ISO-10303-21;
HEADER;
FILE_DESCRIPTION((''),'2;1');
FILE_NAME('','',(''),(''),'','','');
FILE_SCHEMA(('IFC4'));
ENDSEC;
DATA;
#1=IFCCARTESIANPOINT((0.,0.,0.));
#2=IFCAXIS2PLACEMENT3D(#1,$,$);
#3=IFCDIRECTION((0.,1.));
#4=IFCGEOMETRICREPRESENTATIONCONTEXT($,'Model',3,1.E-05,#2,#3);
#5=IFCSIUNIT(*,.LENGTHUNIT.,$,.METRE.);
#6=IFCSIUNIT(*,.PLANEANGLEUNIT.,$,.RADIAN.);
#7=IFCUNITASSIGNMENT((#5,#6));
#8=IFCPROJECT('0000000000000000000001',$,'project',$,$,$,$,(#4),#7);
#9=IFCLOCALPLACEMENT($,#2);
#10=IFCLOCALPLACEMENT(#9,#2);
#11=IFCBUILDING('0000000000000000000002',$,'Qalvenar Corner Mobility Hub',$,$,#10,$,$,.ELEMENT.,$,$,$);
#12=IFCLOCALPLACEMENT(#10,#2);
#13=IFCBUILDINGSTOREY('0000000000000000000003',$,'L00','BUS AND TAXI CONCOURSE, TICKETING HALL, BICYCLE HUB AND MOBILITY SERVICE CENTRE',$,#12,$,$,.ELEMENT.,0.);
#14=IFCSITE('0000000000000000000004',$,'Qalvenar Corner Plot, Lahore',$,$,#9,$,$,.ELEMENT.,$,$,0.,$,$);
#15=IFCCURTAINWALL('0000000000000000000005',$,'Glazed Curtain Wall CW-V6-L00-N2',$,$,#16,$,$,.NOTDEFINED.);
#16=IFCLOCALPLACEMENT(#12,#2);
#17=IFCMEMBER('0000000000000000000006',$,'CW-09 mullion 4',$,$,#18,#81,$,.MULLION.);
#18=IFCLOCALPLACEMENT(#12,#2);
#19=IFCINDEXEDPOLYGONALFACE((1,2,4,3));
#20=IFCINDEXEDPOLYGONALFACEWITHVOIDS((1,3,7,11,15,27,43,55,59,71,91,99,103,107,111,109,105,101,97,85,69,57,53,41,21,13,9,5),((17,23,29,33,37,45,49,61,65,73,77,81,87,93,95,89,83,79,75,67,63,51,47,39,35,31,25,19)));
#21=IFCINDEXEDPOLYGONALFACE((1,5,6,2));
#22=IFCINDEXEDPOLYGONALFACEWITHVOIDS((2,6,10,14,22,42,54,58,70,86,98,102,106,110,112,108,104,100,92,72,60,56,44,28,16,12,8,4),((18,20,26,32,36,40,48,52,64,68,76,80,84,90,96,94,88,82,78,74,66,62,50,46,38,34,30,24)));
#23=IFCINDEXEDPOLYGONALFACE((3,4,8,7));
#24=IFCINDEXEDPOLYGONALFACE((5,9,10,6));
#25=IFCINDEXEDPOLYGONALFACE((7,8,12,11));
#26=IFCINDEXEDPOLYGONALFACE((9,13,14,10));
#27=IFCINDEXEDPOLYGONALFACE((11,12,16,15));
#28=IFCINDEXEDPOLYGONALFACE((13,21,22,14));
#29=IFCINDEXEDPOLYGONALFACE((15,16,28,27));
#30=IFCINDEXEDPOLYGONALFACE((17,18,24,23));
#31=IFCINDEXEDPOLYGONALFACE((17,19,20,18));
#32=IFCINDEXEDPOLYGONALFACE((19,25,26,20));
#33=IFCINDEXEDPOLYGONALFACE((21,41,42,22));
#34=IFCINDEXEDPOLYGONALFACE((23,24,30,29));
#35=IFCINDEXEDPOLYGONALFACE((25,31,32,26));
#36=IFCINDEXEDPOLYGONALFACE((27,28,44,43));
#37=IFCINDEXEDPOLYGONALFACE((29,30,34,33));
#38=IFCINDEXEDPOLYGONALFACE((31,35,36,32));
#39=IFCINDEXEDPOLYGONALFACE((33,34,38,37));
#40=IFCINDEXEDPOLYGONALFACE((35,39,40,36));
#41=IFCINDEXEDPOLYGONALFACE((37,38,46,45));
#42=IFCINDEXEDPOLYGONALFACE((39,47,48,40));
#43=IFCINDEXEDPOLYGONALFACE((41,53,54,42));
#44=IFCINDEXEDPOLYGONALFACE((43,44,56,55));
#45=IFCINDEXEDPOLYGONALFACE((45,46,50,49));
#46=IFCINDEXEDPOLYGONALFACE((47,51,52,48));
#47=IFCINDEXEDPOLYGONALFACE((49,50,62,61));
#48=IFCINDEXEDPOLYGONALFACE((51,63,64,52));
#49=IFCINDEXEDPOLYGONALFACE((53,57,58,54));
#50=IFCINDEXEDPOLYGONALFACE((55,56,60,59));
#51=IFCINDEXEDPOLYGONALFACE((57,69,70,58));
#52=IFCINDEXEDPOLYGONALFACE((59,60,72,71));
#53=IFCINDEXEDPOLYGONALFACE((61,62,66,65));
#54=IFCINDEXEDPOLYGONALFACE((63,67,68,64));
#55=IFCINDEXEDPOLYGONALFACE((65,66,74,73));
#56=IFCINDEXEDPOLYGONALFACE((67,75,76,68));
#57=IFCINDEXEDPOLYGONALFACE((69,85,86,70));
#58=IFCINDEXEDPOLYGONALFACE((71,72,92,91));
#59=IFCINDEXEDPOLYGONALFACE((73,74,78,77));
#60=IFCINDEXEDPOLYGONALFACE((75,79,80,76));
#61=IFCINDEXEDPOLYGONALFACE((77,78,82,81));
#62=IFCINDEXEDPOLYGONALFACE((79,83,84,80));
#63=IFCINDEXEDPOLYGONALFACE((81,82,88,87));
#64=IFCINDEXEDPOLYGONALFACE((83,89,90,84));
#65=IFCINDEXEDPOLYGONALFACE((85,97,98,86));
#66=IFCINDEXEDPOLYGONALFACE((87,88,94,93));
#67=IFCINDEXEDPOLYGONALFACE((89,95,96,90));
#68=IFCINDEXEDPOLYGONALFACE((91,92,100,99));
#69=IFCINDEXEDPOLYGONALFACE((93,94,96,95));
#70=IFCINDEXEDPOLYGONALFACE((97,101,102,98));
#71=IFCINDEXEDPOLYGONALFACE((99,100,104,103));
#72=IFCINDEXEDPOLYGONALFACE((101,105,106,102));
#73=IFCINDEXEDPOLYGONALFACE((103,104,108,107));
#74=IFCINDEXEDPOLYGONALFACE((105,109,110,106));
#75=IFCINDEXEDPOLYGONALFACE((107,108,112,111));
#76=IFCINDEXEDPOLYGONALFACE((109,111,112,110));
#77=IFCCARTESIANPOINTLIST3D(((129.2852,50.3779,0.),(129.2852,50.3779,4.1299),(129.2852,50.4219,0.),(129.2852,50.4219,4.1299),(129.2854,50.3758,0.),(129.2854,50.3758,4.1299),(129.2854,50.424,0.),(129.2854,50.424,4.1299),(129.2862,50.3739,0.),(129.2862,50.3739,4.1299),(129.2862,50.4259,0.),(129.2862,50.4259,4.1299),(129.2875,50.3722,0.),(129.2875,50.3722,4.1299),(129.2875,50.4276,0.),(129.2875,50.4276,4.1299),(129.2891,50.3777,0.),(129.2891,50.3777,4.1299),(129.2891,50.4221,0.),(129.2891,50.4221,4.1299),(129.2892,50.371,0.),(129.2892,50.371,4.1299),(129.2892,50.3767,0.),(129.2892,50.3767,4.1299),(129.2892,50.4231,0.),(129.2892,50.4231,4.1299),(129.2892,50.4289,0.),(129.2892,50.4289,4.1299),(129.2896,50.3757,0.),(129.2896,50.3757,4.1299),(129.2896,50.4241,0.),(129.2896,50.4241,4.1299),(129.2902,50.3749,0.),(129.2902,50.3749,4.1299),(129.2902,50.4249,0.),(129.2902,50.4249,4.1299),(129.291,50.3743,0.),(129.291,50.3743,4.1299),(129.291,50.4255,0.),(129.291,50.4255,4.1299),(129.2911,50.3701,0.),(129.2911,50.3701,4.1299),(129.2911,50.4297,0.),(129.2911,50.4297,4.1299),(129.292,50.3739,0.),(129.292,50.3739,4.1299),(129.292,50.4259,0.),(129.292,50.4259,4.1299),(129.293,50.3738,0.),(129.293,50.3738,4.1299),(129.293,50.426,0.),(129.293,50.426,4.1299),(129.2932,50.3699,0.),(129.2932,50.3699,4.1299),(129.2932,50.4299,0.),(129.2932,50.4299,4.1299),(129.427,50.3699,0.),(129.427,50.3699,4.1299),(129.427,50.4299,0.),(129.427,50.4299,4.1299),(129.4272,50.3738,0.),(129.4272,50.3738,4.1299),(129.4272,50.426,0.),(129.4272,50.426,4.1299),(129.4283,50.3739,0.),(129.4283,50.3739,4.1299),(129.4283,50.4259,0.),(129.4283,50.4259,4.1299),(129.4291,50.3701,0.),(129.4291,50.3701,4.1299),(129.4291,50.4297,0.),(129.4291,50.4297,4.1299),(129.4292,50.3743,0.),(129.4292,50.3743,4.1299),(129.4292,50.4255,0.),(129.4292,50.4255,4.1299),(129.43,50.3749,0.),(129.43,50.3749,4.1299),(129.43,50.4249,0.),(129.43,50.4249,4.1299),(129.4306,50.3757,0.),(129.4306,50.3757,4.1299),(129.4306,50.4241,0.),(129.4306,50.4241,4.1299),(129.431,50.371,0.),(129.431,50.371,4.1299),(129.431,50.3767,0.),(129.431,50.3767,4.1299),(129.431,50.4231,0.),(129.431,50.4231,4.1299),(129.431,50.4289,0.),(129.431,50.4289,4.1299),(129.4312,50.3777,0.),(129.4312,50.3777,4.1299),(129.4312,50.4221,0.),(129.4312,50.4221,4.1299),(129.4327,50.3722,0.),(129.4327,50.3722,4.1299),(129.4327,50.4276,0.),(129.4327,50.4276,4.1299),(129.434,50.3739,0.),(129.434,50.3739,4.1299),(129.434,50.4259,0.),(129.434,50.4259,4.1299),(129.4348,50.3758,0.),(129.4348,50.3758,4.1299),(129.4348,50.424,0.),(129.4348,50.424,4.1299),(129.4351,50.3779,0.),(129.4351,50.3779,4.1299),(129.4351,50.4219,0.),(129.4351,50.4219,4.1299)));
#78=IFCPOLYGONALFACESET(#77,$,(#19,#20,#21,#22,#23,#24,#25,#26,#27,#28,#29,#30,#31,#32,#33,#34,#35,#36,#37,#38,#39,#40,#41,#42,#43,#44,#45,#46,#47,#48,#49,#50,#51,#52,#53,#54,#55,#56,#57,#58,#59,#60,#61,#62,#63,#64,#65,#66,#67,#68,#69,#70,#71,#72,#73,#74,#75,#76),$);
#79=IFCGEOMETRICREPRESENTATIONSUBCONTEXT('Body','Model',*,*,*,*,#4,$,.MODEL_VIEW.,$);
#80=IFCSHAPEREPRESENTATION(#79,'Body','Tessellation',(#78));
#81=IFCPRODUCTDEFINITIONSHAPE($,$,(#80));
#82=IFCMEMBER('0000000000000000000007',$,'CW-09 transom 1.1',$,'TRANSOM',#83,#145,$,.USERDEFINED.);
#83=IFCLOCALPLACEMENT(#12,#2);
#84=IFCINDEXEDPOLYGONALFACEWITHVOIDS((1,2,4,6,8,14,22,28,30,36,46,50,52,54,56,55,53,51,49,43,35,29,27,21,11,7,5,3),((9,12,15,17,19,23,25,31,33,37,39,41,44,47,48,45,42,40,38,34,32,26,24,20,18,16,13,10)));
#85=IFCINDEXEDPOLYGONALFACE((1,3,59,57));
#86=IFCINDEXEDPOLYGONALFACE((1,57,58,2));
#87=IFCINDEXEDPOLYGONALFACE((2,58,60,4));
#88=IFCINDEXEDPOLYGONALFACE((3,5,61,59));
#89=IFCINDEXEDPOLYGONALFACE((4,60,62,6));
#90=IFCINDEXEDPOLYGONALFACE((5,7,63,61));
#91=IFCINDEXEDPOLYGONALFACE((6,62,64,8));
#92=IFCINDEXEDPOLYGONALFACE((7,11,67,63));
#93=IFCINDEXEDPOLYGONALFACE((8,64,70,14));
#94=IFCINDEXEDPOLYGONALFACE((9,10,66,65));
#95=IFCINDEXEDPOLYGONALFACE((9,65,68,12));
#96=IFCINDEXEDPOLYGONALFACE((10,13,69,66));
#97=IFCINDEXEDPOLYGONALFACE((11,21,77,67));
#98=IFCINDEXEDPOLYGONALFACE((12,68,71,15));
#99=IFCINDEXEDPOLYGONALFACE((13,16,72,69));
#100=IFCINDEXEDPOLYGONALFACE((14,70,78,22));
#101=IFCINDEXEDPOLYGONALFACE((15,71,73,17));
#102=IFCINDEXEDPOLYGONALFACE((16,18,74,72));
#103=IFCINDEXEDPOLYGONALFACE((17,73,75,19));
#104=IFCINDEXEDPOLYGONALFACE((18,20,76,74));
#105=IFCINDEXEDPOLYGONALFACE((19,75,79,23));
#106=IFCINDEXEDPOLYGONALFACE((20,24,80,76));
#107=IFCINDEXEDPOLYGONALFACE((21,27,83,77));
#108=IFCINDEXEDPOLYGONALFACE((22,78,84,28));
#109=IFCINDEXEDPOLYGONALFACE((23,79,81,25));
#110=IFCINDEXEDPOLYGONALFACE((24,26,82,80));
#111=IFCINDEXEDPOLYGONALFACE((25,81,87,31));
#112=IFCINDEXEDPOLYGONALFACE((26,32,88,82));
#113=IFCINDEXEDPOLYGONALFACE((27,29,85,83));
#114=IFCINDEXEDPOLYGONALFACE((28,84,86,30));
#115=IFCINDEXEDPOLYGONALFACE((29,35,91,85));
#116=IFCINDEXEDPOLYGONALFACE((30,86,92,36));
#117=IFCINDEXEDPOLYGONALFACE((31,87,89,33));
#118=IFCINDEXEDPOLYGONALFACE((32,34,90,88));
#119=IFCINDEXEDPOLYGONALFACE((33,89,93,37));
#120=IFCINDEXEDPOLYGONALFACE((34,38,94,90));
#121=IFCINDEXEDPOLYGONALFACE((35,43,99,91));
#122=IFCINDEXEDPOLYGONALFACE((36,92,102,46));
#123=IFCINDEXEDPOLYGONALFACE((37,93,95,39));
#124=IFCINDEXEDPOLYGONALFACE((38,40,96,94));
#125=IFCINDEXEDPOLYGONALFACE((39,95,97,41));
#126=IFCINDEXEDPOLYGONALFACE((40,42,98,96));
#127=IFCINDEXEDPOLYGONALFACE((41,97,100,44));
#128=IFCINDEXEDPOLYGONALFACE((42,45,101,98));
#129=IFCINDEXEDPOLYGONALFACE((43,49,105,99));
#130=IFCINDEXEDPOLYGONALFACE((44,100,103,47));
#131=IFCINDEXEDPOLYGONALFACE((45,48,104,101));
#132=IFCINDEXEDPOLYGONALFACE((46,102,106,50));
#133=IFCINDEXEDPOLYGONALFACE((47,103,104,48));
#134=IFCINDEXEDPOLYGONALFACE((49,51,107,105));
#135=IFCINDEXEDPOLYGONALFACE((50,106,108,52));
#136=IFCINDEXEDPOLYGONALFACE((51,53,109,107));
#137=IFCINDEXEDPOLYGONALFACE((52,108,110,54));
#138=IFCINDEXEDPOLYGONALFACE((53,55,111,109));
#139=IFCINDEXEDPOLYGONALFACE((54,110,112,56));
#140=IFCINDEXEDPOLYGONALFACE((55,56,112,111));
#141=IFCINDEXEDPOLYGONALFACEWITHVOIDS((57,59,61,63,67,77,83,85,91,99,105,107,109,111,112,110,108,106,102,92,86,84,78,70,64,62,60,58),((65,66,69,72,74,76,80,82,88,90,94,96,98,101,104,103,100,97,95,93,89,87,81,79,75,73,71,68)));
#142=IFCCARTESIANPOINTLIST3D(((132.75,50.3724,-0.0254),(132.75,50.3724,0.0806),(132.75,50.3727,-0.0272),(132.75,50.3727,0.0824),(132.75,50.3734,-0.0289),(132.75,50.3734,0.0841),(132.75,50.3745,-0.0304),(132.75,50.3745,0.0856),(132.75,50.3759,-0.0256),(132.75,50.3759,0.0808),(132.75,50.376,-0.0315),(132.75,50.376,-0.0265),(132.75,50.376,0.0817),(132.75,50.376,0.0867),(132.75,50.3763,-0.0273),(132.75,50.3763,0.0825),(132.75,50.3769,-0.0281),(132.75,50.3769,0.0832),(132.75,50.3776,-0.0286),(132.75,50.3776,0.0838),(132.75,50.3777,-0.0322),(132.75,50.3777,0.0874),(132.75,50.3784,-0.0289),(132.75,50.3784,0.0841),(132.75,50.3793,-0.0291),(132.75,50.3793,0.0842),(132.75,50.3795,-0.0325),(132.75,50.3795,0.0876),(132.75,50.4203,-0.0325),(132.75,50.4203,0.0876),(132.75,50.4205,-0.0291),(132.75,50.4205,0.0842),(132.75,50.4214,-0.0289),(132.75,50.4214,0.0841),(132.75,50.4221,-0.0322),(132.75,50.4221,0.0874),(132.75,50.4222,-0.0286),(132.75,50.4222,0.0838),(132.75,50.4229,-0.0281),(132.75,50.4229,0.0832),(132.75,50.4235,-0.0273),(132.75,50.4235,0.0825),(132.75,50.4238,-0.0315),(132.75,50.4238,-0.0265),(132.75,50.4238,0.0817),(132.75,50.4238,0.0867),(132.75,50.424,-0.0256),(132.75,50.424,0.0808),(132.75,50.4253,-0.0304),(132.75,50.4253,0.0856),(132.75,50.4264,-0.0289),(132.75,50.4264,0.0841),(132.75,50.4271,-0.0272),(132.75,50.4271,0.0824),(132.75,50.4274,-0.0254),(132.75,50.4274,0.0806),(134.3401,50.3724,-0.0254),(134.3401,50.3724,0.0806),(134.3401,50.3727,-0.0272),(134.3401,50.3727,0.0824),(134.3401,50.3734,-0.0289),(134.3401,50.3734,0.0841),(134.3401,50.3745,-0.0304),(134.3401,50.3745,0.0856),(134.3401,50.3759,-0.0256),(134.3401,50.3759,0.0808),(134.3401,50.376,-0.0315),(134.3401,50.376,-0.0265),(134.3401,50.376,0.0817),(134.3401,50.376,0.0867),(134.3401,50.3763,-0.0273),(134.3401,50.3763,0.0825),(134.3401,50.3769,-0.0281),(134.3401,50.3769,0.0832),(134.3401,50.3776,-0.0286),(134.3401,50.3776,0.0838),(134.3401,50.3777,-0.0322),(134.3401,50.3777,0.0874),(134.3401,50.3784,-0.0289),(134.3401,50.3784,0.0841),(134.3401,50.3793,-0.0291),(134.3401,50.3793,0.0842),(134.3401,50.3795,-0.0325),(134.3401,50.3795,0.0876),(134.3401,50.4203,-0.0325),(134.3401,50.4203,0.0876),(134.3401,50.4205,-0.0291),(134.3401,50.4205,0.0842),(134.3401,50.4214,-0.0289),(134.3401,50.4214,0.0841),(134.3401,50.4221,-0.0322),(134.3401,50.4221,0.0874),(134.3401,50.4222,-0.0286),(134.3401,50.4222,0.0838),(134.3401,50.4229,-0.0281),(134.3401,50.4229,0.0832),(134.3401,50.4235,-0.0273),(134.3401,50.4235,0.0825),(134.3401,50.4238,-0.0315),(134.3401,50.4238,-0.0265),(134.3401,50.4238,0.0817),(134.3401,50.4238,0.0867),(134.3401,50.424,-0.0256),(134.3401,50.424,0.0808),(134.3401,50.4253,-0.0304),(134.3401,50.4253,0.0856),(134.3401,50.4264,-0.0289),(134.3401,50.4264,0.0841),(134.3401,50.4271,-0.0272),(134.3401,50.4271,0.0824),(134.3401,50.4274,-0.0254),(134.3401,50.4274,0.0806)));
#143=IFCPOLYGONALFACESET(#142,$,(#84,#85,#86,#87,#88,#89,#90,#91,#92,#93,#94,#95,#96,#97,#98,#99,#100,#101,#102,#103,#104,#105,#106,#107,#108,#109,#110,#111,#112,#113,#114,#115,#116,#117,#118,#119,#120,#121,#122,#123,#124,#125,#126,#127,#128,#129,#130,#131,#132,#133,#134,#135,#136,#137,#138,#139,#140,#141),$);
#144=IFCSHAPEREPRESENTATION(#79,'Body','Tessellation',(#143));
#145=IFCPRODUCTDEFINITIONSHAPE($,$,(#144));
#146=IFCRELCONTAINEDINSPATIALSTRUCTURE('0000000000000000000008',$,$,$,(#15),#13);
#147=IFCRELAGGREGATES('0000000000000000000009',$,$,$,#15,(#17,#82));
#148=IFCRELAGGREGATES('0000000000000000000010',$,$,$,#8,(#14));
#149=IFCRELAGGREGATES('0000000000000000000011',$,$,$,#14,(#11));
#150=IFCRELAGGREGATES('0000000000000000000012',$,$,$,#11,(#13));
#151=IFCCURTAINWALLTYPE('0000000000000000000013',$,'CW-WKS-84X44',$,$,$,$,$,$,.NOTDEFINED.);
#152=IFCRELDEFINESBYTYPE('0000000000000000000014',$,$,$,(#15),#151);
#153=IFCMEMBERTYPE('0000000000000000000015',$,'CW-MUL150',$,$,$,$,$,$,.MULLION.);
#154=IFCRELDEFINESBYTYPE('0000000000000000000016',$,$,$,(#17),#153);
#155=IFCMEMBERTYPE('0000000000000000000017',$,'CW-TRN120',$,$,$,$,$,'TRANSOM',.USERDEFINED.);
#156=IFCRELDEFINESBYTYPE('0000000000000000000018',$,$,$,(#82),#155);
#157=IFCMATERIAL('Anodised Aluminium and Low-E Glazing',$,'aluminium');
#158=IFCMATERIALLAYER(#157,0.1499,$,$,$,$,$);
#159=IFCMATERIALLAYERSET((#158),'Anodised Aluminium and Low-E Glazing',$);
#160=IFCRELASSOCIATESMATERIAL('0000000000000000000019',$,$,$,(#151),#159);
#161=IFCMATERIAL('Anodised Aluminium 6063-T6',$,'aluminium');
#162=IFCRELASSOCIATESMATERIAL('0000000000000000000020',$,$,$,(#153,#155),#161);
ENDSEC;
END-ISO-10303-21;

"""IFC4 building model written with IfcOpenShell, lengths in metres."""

from ifc_helpers import new_model, si_unit, direction, frame, origin, origin_2d, place, context, subcontext, project, spatial, hollow_rectangle, extrude, material, layer, layer_set, material_profile, profile_set, type_object, element, aggregate, save


model = new_model("IFC4")

# Units and contexts
model_context = context("Model", 3, precision=1e-05, world=origin(), true_north=direction((0.0, 1.0)))
body_context = subcontext(model_context, "Body", "Model", "MODEL_VIEW")
ifc_project = project(units=[si_unit("LENGTHUNIT", "METRE"), si_unit("PLANEANGLEUNIT", "RADIAN")], contexts=[model_context])

# Site, building, storey
site_placement = place(None, origin())
site = spatial("IfcSite", under=ifc_project, at=site_placement, Name="Qalvenar Corner Plot, Lahore", CompositionType="ELEMENT", RefElevation=0.0)
building_placement = place(site_placement, origin())
building = spatial("IfcBuilding", under=site, at=building_placement, Name="Qalvenar Corner Mobility Hub", CompositionType="ELEMENT")
storey_placement = place(building_placement, origin())
storey = spatial("IfcBuildingStorey", under=building, at=storey_placement, Name="L00", Description="BUS AND TAXI CONCOURSE, TICKETING HALL, BICYCLE HUB AND MOBILITY SERVICE CENTRE", CompositionType="ELEMENT", Elevation=0.0)

# Curtain wall, members
ifc_material_1 = material(Name="Anodised Aluminium and Low-E Glazing", Category="aluminium")
ifc_layer_1 = layer(ifc_material_1, 0.1499)
ifc_layer_set_1 = layer_set([ifc_layer_1], Name="Anodised Aluminium and Low-E Glazing")
curtain_wall_type = type_object("IfcCurtainWallType", Name="CW-WKS-84X44", PredefinedType="NOTDEFINED", material=ifc_layer_set_1)
curtain_wall_placement = place(storey_placement, origin())
curtain_wall = element("IfcCurtainWall", 1, at=curtain_wall_placement, inside=storey, type_object=curtain_wall_type, Name="Glazed Curtain Wall CW-V6-L00-N2", PredefinedType="NOTDEFINED")
ifc_material_2 = material(Name="Anodised Aluminium 6063-T6", Category="aluminium")
ifc_material_profile_1 = material_profile(ifc_material_2, hollow_rectangle(XDim=0.0601, YDim=0.1499, WallThickness=0.0039, InnerFilletRadius=0.0039, OuterFilletRadius=0.0081, at=origin_2d()), Name="RHS150x60x4")
ifc_profile_set_1 = profile_set([ifc_material_profile_1], Name="Anodised Aluminium 6063-T6")
member_type_1 = type_object("IfcMemberType", Name="CW-MUL150", PredefinedType="MULLION", material=ifc_profile_set_1)
member_1_placement = place(storey_placement, frame((129.3601, 50.3999, 0.0), z_axis=(0.0, 0.0, 1.0), x_axis=(0.0, -1.0, 0.0)))
member_1 = element("IfcMember", 2, at=member_1_placement, type_object=member_type_1, Name="CW-09 mullion 4", PredefinedType="MULLION", context=body_context, shape_type="SweptSolid", body=[
    extrude(hollow_rectangle(XDim=0.0601, YDim=0.1499, WallThickness=0.0039, InnerFilletRadius=0.0039, OuterFilletRadius=0.0081, at=origin_2d()), origin(), (0.0, 0.0, 1.0), 4.1299),
])
ifc_material_profile_2 = material_profile(ifc_material_2, hollow_rectangle(XDim=0.0549, YDim=0.1201, WallThickness=0.0034, InnerFilletRadius=0.0034, OuterFilletRadius=0.0071, at=origin_2d()), Name="RHS120x55x3.5")
ifc_profile_set_2 = profile_set([ifc_material_profile_2], Name="Anodised Aluminium 6063-T6")
member_type_2 = type_object("IfcMemberType", Name="CW-TRN120", ElementType="TRANSOM", PredefinedType="USERDEFINED", material=ifc_profile_set_2)
member_2_placement = place(storey_placement, frame((134.3401, 50.3999, 0.0276), z_axis=(-1.0, 0.0, 0.0), x_axis=(0.0, -1.0, 0.0)))
member_2 = element("IfcMember", 3, at=member_2_placement, type_object=member_type_2, Name="CW-09 transom 1.1", ObjectType="TRANSOM", PredefinedType="USERDEFINED", context=body_context, shape_type="SweptSolid", body=[
    extrude(hollow_rectangle(XDim=0.0549, YDim=0.1201, WallThickness=0.0034, InnerFilletRadius=0.0034, OuterFilletRadius=0.0071, at=origin_2d()), origin(), (0.0, 0.0, 1.0), 1.5901),
])
aggregate(curtain_wall, [member_1, member_2])

save(model, "model.ifc")
